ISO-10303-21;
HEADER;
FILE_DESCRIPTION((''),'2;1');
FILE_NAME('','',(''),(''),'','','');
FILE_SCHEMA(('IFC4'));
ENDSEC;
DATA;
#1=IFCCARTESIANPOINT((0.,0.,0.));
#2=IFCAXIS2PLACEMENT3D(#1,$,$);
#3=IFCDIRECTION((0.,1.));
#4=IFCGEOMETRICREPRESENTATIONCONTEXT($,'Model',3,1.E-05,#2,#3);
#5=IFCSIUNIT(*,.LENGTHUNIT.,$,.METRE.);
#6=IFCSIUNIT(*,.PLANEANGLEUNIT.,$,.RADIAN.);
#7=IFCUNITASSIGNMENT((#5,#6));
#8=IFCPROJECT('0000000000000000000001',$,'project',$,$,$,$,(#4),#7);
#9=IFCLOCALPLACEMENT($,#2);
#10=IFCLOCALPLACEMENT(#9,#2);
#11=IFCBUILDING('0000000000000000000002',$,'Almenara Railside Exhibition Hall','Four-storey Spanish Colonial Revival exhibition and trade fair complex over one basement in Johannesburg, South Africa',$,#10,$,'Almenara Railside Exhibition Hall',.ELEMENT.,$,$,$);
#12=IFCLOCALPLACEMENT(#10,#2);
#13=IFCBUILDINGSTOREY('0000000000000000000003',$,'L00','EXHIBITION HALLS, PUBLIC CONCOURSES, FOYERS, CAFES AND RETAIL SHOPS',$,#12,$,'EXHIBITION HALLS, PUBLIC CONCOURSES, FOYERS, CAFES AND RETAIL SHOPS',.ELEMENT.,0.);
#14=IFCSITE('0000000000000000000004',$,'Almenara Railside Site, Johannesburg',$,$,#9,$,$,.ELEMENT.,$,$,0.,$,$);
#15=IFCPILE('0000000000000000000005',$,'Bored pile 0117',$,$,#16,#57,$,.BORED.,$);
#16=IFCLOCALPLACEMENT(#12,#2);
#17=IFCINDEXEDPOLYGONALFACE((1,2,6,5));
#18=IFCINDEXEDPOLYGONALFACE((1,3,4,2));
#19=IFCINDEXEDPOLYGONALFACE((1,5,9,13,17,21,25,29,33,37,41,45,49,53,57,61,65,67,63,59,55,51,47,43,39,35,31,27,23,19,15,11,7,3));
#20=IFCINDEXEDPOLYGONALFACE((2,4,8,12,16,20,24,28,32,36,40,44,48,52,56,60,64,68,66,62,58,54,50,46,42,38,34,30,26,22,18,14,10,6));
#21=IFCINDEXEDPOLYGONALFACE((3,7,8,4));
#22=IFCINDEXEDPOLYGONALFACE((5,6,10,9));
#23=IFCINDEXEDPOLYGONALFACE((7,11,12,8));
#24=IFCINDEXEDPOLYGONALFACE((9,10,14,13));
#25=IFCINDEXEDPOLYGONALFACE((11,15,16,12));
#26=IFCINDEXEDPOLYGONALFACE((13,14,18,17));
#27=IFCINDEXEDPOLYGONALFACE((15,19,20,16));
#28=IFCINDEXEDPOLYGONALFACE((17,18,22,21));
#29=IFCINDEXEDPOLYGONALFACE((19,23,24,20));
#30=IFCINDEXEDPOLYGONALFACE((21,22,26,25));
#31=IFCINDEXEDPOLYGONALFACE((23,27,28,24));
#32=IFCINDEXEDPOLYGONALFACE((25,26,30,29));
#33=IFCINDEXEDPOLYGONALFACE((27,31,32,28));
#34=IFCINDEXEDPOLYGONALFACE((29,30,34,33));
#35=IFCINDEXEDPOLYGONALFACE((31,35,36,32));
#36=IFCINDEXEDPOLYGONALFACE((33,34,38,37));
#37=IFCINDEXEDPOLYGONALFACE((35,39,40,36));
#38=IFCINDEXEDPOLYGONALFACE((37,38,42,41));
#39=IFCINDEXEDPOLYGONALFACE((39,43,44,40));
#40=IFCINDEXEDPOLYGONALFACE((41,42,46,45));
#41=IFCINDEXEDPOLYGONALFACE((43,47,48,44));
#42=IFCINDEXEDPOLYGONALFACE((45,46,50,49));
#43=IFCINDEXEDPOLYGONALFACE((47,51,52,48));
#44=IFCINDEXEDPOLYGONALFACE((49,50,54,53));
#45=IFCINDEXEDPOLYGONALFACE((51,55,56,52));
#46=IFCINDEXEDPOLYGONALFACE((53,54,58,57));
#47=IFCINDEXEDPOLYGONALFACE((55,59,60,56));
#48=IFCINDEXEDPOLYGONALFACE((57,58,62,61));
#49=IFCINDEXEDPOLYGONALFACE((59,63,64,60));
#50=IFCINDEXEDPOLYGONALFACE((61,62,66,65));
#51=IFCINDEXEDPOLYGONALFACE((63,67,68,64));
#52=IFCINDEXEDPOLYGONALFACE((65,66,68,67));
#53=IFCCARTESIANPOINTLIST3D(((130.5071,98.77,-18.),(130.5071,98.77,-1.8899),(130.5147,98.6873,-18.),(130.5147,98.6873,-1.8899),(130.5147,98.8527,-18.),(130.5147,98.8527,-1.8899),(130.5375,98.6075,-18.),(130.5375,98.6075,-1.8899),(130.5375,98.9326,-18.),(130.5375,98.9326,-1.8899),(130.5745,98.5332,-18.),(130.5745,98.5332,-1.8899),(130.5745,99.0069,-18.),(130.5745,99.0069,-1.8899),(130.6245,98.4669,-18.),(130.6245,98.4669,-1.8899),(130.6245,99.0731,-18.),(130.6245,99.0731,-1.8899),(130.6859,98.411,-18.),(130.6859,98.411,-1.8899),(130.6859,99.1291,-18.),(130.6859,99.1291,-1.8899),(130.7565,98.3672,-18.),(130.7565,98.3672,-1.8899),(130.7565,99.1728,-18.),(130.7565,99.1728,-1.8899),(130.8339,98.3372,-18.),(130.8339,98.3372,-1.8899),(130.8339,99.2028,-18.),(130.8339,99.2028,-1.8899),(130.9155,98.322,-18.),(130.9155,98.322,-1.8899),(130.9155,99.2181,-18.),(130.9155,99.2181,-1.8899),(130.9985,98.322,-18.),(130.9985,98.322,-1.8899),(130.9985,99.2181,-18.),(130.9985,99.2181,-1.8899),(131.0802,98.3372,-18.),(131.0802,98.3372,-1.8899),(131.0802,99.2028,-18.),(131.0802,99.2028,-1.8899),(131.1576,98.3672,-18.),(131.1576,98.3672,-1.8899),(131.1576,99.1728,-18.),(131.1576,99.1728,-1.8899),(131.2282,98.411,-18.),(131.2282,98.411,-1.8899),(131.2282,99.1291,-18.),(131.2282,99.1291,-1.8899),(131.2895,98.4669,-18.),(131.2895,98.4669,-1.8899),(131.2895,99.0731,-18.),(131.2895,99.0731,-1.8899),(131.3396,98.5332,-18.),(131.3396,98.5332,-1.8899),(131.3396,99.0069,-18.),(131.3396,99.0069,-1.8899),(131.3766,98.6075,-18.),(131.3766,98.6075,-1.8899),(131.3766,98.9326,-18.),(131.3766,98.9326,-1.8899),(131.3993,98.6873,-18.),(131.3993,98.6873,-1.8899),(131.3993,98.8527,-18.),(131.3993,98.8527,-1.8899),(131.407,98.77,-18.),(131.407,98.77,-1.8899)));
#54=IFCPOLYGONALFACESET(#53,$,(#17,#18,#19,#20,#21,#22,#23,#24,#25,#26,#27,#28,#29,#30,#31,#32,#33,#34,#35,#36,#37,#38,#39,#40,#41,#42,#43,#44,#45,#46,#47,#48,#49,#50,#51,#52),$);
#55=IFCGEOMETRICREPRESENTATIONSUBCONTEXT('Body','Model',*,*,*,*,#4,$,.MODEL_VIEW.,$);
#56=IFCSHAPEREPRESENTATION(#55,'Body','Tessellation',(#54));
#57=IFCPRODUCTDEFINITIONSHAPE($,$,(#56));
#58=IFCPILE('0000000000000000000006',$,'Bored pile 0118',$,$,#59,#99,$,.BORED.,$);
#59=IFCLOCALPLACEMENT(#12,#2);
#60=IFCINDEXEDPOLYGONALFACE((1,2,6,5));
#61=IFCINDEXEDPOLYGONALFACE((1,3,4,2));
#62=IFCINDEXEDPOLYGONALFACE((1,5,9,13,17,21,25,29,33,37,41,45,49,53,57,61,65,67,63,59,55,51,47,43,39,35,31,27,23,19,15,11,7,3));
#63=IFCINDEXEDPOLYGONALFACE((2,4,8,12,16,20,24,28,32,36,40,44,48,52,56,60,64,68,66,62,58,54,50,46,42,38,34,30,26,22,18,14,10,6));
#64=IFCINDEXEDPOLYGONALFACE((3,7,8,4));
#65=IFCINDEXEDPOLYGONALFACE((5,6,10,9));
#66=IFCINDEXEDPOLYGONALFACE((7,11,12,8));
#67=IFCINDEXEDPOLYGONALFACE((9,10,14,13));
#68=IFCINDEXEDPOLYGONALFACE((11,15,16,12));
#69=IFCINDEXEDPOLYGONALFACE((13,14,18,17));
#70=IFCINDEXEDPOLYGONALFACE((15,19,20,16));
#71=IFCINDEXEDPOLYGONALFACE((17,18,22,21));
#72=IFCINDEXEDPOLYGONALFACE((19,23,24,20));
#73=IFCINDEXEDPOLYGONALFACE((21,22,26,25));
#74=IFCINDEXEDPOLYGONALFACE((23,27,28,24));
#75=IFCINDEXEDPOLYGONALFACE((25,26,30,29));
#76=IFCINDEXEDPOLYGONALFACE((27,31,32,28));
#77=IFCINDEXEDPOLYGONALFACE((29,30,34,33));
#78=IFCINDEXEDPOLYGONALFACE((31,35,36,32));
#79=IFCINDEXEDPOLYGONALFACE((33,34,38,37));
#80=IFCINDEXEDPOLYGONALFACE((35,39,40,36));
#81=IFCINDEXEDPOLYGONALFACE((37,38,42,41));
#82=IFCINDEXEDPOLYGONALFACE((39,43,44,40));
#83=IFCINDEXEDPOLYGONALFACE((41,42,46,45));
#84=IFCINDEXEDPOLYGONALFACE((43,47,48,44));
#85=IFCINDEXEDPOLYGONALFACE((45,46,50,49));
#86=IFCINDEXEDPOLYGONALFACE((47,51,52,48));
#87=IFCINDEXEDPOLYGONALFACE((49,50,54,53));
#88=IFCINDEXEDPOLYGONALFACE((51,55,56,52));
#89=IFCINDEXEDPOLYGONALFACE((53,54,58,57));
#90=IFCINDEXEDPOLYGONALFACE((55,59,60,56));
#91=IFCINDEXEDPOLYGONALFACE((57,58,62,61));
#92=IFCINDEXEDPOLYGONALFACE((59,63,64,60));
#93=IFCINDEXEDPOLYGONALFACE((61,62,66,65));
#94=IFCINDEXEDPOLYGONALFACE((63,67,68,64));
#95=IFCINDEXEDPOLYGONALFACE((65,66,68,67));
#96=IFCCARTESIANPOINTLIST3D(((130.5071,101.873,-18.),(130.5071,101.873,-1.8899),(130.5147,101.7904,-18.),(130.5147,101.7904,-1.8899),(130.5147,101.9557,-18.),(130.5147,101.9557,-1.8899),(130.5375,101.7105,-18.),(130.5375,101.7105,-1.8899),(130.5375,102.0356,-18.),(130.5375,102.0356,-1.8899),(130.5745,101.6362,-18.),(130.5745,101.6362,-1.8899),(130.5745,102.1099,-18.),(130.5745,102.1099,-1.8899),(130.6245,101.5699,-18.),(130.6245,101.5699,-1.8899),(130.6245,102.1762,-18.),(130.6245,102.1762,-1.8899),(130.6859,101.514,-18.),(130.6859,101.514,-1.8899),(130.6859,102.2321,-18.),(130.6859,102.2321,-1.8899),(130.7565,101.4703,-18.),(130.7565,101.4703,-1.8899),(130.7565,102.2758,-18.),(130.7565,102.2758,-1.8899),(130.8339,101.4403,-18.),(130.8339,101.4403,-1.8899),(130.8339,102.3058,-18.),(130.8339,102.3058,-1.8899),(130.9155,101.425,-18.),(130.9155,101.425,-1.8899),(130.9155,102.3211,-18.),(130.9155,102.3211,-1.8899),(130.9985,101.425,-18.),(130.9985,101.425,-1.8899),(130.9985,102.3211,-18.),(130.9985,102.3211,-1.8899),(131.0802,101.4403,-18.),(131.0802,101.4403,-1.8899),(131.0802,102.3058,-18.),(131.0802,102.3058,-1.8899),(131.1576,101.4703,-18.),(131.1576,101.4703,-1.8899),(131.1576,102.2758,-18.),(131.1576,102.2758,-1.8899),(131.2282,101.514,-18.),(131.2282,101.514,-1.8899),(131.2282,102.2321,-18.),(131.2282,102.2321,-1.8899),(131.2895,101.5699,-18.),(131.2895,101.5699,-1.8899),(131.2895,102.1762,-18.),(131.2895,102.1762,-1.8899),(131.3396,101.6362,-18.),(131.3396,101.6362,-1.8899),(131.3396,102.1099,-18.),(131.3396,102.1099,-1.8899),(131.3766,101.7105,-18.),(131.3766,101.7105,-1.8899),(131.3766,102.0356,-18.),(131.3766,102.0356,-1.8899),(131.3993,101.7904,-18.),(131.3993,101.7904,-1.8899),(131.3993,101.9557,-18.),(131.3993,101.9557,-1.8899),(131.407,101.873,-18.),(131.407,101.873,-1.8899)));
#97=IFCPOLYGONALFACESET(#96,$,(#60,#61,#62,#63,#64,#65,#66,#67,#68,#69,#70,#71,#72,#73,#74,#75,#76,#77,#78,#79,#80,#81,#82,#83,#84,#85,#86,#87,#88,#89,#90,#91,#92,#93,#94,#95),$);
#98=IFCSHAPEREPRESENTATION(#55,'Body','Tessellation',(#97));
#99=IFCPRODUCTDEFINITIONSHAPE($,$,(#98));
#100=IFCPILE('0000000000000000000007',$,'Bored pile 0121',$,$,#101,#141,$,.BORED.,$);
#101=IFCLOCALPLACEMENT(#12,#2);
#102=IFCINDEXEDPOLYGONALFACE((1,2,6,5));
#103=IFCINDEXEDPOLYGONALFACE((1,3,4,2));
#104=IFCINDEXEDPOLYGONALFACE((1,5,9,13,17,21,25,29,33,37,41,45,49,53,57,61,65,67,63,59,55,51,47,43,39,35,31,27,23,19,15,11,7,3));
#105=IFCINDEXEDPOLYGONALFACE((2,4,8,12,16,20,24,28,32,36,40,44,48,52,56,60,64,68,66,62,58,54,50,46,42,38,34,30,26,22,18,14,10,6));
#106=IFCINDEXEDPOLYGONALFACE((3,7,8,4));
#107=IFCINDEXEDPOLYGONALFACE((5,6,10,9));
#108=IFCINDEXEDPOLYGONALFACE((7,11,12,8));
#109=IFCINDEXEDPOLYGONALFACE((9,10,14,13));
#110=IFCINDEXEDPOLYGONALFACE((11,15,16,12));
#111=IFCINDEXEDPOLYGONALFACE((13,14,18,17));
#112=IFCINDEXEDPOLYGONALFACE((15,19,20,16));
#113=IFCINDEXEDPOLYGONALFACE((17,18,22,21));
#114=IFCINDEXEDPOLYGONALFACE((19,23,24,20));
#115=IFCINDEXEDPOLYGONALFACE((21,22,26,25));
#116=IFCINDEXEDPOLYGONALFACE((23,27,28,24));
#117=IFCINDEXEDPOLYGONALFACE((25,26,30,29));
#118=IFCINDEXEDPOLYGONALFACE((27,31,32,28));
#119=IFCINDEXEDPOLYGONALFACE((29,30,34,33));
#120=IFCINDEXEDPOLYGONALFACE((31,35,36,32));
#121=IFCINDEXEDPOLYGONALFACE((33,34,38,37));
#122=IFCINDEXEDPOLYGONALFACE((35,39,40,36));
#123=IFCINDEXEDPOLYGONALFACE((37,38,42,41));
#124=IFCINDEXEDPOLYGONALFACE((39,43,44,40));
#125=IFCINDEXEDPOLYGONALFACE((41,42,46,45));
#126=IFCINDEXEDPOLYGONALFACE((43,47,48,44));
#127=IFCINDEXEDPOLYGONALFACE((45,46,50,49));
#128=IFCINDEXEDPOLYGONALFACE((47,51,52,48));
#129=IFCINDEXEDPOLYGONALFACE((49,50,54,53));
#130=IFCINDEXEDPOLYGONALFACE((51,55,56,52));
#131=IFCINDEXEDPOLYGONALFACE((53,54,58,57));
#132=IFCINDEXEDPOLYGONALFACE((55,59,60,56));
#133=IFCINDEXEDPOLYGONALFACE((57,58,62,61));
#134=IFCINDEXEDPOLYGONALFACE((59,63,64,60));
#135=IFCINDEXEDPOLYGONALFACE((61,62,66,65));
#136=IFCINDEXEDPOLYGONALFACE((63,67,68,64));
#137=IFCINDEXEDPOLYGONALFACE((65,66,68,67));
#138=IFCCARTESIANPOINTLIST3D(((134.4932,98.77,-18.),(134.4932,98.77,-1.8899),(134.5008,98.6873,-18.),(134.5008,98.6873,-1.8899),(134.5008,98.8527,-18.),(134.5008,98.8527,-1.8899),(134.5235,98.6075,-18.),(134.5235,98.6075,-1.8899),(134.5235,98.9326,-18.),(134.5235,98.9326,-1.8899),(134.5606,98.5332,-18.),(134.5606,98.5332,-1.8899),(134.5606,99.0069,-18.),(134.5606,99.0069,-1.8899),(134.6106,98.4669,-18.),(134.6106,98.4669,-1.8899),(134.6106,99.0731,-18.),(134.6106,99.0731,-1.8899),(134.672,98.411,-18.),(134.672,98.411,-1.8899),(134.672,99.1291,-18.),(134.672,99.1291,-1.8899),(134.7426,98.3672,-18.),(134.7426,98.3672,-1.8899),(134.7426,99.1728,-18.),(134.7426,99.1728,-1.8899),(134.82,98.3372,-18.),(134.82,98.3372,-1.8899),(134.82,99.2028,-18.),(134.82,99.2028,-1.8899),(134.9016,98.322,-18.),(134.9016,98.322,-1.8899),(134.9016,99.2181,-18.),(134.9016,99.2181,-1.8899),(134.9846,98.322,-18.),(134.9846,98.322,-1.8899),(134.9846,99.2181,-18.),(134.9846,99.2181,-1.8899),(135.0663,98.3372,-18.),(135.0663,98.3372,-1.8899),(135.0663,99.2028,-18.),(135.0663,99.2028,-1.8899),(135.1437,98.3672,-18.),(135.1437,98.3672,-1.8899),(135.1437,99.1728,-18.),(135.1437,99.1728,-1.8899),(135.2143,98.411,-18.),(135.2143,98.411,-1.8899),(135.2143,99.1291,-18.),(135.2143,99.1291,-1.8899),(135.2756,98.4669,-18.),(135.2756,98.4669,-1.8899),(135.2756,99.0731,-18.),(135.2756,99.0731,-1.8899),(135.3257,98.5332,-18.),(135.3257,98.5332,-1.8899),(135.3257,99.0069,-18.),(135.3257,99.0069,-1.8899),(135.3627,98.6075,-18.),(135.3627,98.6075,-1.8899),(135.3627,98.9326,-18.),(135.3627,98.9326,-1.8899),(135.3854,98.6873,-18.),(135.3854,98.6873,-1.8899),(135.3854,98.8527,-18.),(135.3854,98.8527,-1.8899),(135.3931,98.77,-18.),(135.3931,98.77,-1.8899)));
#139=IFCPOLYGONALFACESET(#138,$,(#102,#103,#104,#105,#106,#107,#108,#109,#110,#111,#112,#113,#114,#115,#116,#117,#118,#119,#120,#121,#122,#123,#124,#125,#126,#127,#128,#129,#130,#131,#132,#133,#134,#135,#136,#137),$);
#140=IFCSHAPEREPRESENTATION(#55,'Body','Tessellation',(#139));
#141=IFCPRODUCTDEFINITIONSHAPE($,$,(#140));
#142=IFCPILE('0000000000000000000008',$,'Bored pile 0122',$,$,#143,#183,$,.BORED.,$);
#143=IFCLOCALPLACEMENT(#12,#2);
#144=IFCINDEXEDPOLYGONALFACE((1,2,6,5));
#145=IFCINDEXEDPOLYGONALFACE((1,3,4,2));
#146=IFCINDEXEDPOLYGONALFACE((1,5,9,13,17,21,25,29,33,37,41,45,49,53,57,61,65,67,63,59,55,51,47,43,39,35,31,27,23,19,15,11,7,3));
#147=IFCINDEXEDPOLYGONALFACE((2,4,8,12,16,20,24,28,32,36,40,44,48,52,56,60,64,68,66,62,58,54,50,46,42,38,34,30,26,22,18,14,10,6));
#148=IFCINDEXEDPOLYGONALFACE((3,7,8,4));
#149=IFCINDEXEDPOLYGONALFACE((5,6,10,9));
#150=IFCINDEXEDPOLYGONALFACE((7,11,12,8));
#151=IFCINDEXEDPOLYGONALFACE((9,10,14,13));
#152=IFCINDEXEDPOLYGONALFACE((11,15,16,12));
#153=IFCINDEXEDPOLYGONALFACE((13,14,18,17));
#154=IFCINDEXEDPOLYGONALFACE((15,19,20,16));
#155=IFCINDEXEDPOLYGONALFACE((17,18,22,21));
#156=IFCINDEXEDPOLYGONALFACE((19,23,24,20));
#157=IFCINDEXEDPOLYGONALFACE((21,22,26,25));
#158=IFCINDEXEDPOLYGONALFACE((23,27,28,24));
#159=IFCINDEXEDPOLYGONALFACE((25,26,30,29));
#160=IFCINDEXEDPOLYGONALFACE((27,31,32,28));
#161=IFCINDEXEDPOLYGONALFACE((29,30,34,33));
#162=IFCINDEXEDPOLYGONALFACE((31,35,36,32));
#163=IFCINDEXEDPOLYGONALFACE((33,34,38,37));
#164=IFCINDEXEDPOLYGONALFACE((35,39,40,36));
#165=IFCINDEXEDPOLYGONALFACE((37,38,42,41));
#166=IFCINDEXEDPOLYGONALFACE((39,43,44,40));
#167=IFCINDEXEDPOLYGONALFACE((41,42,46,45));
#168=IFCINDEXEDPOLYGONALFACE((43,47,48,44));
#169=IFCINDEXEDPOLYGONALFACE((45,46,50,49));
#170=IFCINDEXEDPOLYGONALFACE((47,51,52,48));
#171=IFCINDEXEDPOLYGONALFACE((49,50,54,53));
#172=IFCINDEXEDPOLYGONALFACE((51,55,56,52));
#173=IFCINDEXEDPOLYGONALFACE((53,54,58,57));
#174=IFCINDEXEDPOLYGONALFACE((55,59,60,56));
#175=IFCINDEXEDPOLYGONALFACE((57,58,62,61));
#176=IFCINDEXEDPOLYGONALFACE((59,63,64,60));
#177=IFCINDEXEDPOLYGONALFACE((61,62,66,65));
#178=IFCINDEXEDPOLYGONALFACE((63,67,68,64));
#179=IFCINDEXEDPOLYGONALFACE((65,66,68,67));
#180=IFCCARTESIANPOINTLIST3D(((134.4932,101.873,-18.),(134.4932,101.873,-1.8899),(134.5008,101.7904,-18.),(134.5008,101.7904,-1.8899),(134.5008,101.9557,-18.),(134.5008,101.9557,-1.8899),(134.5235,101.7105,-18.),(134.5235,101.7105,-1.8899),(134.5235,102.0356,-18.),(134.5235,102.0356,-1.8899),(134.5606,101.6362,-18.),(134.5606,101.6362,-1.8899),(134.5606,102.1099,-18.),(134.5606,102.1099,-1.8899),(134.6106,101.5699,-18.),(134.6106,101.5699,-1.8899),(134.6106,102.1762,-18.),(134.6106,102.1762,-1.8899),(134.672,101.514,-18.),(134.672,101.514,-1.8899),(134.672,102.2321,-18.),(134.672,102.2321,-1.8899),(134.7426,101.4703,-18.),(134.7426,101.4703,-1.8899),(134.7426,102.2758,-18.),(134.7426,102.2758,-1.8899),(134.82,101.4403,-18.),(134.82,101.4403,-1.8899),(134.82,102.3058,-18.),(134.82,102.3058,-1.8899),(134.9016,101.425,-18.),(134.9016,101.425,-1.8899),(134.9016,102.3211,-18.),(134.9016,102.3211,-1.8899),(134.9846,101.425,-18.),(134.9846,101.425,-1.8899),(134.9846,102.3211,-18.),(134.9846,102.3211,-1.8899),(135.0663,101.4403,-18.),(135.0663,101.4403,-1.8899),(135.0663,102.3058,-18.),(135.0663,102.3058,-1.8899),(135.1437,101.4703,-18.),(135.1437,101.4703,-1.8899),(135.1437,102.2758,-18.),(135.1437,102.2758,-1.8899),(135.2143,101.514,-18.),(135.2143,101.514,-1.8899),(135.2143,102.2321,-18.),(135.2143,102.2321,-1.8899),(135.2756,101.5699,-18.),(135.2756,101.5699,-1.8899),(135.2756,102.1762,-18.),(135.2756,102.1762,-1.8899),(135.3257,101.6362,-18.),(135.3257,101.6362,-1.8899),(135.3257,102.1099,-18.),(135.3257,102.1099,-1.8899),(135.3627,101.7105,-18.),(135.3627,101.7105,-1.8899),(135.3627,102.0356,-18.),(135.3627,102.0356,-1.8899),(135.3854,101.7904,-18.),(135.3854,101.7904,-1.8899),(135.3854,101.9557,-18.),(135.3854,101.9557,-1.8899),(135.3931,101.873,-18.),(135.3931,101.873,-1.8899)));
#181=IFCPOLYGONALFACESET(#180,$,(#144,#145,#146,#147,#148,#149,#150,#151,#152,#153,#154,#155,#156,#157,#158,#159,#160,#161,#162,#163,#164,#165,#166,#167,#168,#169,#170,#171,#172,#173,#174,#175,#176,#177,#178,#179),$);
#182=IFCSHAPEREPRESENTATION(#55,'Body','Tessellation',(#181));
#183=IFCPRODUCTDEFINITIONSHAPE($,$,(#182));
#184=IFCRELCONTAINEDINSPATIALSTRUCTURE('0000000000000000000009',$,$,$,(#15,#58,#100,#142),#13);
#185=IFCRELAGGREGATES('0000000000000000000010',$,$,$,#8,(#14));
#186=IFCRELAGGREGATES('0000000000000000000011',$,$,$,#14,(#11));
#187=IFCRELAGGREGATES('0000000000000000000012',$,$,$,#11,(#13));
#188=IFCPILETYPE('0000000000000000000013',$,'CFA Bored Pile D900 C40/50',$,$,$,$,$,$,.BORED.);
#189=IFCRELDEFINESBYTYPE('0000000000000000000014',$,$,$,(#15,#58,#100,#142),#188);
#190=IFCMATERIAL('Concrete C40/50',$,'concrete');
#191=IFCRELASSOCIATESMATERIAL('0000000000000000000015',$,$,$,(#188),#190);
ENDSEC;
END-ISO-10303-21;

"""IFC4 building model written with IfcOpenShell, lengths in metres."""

from ifc_helpers import new_model, si_unit, direction, frame, origin, origin_2d, place, context, subcontext, project, spatial, circle, extrude, material, material_profile, profile_set, type_object, element, save


model = new_model("IFC4")

# Units and contexts
model_context = context("Model", 3, precision=1e-05, world=origin(), true_north=direction((0.0, 1.0)))
body_context = subcontext(model_context, "Body", "Model", "MODEL_VIEW")
ifc_project = project(units=[si_unit("LENGTHUNIT", "METRE"), si_unit("PLANEANGLEUNIT", "RADIAN")], contexts=[model_context])

# Site, building, storey
site_placement = place(None, origin())
site = spatial("IfcSite", under=ifc_project, at=site_placement, Name="Almenara Railside Site, Johannesburg", CompositionType="ELEMENT", RefElevation=0.0)
building_placement = place(site_placement, origin())
building = spatial("IfcBuilding", under=site, at=building_placement, Name="Almenara Railside Exhibition Hall", Description="Four-storey Spanish Colonial Revival exhibition and trade fair complex over one basement in Johannesburg, South Africa", LongName="Almenara Railside Exhibition Hall", CompositionType="ELEMENT")
storey_placement = place(building_placement, origin())
storey = spatial("IfcBuildingStorey", under=building, at=storey_placement, Name="L00", Description="EXHIBITION HALLS, PUBLIC CONCOURSES, FOYERS, CAFES AND RETAIL SHOPS", LongName="EXHIBITION HALLS, PUBLIC CONCOURSES, FOYERS, CAFES AND RETAIL SHOPS", CompositionType="ELEMENT", Elevation=0.0)

# Piles
ifc_material_1 = material(Name="Concrete C40/50", Category="concrete")
ifc_material_profile_1 = material_profile(ifc_material_1, circle(Radius=0.45, at=origin_2d()), Name="CFA-PILE D900")
ifc_profile_set_1 = profile_set([ifc_material_profile_1], Name="Concrete C40/50")
pile_type = type_object("IfcPileType", Name="CFA Bored Pile D900 C40/50", PredefinedType="BORED", material=ifc_profile_set_1)
for number, where, z_axis, x_axis, name in (
    (1, (130.957, 98.77, -1.8899), (0.0, 0.0, -1.0), (1.0, 0.0, 0.0), "Bored pile 0117"),
    (2, (130.957, 101.873, -1.8899), (0.0, 0.0, -1.0), (1.0, 0.0, 0.0), "Bored pile 0118"),
    (3, (134.9431, 98.77, -1.8899), (0.0, 0.0, -1.0), (1.0, 0.0, 0.0), "Bored pile 0121"),
    (4, (134.9431, 101.873, -1.8899), (0.0, 0.0, -1.0), (1.0, 0.0, 0.0), "Bored pile 0122"),
):
    element("IfcPile", number, at=place(storey_placement, frame(where, z_axis=z_axis, x_axis=x_axis)), inside=storey, type_object=pile_type, Name=name, PredefinedType="BORED", context=body_context, shape_type="SweptSolid", body=[
        extrude(circle(Radius=0.45, at=origin_2d()), origin(), (0.0, 0.0, 1.0), 16.1101),
    ])

save(model, "model.ifc")
